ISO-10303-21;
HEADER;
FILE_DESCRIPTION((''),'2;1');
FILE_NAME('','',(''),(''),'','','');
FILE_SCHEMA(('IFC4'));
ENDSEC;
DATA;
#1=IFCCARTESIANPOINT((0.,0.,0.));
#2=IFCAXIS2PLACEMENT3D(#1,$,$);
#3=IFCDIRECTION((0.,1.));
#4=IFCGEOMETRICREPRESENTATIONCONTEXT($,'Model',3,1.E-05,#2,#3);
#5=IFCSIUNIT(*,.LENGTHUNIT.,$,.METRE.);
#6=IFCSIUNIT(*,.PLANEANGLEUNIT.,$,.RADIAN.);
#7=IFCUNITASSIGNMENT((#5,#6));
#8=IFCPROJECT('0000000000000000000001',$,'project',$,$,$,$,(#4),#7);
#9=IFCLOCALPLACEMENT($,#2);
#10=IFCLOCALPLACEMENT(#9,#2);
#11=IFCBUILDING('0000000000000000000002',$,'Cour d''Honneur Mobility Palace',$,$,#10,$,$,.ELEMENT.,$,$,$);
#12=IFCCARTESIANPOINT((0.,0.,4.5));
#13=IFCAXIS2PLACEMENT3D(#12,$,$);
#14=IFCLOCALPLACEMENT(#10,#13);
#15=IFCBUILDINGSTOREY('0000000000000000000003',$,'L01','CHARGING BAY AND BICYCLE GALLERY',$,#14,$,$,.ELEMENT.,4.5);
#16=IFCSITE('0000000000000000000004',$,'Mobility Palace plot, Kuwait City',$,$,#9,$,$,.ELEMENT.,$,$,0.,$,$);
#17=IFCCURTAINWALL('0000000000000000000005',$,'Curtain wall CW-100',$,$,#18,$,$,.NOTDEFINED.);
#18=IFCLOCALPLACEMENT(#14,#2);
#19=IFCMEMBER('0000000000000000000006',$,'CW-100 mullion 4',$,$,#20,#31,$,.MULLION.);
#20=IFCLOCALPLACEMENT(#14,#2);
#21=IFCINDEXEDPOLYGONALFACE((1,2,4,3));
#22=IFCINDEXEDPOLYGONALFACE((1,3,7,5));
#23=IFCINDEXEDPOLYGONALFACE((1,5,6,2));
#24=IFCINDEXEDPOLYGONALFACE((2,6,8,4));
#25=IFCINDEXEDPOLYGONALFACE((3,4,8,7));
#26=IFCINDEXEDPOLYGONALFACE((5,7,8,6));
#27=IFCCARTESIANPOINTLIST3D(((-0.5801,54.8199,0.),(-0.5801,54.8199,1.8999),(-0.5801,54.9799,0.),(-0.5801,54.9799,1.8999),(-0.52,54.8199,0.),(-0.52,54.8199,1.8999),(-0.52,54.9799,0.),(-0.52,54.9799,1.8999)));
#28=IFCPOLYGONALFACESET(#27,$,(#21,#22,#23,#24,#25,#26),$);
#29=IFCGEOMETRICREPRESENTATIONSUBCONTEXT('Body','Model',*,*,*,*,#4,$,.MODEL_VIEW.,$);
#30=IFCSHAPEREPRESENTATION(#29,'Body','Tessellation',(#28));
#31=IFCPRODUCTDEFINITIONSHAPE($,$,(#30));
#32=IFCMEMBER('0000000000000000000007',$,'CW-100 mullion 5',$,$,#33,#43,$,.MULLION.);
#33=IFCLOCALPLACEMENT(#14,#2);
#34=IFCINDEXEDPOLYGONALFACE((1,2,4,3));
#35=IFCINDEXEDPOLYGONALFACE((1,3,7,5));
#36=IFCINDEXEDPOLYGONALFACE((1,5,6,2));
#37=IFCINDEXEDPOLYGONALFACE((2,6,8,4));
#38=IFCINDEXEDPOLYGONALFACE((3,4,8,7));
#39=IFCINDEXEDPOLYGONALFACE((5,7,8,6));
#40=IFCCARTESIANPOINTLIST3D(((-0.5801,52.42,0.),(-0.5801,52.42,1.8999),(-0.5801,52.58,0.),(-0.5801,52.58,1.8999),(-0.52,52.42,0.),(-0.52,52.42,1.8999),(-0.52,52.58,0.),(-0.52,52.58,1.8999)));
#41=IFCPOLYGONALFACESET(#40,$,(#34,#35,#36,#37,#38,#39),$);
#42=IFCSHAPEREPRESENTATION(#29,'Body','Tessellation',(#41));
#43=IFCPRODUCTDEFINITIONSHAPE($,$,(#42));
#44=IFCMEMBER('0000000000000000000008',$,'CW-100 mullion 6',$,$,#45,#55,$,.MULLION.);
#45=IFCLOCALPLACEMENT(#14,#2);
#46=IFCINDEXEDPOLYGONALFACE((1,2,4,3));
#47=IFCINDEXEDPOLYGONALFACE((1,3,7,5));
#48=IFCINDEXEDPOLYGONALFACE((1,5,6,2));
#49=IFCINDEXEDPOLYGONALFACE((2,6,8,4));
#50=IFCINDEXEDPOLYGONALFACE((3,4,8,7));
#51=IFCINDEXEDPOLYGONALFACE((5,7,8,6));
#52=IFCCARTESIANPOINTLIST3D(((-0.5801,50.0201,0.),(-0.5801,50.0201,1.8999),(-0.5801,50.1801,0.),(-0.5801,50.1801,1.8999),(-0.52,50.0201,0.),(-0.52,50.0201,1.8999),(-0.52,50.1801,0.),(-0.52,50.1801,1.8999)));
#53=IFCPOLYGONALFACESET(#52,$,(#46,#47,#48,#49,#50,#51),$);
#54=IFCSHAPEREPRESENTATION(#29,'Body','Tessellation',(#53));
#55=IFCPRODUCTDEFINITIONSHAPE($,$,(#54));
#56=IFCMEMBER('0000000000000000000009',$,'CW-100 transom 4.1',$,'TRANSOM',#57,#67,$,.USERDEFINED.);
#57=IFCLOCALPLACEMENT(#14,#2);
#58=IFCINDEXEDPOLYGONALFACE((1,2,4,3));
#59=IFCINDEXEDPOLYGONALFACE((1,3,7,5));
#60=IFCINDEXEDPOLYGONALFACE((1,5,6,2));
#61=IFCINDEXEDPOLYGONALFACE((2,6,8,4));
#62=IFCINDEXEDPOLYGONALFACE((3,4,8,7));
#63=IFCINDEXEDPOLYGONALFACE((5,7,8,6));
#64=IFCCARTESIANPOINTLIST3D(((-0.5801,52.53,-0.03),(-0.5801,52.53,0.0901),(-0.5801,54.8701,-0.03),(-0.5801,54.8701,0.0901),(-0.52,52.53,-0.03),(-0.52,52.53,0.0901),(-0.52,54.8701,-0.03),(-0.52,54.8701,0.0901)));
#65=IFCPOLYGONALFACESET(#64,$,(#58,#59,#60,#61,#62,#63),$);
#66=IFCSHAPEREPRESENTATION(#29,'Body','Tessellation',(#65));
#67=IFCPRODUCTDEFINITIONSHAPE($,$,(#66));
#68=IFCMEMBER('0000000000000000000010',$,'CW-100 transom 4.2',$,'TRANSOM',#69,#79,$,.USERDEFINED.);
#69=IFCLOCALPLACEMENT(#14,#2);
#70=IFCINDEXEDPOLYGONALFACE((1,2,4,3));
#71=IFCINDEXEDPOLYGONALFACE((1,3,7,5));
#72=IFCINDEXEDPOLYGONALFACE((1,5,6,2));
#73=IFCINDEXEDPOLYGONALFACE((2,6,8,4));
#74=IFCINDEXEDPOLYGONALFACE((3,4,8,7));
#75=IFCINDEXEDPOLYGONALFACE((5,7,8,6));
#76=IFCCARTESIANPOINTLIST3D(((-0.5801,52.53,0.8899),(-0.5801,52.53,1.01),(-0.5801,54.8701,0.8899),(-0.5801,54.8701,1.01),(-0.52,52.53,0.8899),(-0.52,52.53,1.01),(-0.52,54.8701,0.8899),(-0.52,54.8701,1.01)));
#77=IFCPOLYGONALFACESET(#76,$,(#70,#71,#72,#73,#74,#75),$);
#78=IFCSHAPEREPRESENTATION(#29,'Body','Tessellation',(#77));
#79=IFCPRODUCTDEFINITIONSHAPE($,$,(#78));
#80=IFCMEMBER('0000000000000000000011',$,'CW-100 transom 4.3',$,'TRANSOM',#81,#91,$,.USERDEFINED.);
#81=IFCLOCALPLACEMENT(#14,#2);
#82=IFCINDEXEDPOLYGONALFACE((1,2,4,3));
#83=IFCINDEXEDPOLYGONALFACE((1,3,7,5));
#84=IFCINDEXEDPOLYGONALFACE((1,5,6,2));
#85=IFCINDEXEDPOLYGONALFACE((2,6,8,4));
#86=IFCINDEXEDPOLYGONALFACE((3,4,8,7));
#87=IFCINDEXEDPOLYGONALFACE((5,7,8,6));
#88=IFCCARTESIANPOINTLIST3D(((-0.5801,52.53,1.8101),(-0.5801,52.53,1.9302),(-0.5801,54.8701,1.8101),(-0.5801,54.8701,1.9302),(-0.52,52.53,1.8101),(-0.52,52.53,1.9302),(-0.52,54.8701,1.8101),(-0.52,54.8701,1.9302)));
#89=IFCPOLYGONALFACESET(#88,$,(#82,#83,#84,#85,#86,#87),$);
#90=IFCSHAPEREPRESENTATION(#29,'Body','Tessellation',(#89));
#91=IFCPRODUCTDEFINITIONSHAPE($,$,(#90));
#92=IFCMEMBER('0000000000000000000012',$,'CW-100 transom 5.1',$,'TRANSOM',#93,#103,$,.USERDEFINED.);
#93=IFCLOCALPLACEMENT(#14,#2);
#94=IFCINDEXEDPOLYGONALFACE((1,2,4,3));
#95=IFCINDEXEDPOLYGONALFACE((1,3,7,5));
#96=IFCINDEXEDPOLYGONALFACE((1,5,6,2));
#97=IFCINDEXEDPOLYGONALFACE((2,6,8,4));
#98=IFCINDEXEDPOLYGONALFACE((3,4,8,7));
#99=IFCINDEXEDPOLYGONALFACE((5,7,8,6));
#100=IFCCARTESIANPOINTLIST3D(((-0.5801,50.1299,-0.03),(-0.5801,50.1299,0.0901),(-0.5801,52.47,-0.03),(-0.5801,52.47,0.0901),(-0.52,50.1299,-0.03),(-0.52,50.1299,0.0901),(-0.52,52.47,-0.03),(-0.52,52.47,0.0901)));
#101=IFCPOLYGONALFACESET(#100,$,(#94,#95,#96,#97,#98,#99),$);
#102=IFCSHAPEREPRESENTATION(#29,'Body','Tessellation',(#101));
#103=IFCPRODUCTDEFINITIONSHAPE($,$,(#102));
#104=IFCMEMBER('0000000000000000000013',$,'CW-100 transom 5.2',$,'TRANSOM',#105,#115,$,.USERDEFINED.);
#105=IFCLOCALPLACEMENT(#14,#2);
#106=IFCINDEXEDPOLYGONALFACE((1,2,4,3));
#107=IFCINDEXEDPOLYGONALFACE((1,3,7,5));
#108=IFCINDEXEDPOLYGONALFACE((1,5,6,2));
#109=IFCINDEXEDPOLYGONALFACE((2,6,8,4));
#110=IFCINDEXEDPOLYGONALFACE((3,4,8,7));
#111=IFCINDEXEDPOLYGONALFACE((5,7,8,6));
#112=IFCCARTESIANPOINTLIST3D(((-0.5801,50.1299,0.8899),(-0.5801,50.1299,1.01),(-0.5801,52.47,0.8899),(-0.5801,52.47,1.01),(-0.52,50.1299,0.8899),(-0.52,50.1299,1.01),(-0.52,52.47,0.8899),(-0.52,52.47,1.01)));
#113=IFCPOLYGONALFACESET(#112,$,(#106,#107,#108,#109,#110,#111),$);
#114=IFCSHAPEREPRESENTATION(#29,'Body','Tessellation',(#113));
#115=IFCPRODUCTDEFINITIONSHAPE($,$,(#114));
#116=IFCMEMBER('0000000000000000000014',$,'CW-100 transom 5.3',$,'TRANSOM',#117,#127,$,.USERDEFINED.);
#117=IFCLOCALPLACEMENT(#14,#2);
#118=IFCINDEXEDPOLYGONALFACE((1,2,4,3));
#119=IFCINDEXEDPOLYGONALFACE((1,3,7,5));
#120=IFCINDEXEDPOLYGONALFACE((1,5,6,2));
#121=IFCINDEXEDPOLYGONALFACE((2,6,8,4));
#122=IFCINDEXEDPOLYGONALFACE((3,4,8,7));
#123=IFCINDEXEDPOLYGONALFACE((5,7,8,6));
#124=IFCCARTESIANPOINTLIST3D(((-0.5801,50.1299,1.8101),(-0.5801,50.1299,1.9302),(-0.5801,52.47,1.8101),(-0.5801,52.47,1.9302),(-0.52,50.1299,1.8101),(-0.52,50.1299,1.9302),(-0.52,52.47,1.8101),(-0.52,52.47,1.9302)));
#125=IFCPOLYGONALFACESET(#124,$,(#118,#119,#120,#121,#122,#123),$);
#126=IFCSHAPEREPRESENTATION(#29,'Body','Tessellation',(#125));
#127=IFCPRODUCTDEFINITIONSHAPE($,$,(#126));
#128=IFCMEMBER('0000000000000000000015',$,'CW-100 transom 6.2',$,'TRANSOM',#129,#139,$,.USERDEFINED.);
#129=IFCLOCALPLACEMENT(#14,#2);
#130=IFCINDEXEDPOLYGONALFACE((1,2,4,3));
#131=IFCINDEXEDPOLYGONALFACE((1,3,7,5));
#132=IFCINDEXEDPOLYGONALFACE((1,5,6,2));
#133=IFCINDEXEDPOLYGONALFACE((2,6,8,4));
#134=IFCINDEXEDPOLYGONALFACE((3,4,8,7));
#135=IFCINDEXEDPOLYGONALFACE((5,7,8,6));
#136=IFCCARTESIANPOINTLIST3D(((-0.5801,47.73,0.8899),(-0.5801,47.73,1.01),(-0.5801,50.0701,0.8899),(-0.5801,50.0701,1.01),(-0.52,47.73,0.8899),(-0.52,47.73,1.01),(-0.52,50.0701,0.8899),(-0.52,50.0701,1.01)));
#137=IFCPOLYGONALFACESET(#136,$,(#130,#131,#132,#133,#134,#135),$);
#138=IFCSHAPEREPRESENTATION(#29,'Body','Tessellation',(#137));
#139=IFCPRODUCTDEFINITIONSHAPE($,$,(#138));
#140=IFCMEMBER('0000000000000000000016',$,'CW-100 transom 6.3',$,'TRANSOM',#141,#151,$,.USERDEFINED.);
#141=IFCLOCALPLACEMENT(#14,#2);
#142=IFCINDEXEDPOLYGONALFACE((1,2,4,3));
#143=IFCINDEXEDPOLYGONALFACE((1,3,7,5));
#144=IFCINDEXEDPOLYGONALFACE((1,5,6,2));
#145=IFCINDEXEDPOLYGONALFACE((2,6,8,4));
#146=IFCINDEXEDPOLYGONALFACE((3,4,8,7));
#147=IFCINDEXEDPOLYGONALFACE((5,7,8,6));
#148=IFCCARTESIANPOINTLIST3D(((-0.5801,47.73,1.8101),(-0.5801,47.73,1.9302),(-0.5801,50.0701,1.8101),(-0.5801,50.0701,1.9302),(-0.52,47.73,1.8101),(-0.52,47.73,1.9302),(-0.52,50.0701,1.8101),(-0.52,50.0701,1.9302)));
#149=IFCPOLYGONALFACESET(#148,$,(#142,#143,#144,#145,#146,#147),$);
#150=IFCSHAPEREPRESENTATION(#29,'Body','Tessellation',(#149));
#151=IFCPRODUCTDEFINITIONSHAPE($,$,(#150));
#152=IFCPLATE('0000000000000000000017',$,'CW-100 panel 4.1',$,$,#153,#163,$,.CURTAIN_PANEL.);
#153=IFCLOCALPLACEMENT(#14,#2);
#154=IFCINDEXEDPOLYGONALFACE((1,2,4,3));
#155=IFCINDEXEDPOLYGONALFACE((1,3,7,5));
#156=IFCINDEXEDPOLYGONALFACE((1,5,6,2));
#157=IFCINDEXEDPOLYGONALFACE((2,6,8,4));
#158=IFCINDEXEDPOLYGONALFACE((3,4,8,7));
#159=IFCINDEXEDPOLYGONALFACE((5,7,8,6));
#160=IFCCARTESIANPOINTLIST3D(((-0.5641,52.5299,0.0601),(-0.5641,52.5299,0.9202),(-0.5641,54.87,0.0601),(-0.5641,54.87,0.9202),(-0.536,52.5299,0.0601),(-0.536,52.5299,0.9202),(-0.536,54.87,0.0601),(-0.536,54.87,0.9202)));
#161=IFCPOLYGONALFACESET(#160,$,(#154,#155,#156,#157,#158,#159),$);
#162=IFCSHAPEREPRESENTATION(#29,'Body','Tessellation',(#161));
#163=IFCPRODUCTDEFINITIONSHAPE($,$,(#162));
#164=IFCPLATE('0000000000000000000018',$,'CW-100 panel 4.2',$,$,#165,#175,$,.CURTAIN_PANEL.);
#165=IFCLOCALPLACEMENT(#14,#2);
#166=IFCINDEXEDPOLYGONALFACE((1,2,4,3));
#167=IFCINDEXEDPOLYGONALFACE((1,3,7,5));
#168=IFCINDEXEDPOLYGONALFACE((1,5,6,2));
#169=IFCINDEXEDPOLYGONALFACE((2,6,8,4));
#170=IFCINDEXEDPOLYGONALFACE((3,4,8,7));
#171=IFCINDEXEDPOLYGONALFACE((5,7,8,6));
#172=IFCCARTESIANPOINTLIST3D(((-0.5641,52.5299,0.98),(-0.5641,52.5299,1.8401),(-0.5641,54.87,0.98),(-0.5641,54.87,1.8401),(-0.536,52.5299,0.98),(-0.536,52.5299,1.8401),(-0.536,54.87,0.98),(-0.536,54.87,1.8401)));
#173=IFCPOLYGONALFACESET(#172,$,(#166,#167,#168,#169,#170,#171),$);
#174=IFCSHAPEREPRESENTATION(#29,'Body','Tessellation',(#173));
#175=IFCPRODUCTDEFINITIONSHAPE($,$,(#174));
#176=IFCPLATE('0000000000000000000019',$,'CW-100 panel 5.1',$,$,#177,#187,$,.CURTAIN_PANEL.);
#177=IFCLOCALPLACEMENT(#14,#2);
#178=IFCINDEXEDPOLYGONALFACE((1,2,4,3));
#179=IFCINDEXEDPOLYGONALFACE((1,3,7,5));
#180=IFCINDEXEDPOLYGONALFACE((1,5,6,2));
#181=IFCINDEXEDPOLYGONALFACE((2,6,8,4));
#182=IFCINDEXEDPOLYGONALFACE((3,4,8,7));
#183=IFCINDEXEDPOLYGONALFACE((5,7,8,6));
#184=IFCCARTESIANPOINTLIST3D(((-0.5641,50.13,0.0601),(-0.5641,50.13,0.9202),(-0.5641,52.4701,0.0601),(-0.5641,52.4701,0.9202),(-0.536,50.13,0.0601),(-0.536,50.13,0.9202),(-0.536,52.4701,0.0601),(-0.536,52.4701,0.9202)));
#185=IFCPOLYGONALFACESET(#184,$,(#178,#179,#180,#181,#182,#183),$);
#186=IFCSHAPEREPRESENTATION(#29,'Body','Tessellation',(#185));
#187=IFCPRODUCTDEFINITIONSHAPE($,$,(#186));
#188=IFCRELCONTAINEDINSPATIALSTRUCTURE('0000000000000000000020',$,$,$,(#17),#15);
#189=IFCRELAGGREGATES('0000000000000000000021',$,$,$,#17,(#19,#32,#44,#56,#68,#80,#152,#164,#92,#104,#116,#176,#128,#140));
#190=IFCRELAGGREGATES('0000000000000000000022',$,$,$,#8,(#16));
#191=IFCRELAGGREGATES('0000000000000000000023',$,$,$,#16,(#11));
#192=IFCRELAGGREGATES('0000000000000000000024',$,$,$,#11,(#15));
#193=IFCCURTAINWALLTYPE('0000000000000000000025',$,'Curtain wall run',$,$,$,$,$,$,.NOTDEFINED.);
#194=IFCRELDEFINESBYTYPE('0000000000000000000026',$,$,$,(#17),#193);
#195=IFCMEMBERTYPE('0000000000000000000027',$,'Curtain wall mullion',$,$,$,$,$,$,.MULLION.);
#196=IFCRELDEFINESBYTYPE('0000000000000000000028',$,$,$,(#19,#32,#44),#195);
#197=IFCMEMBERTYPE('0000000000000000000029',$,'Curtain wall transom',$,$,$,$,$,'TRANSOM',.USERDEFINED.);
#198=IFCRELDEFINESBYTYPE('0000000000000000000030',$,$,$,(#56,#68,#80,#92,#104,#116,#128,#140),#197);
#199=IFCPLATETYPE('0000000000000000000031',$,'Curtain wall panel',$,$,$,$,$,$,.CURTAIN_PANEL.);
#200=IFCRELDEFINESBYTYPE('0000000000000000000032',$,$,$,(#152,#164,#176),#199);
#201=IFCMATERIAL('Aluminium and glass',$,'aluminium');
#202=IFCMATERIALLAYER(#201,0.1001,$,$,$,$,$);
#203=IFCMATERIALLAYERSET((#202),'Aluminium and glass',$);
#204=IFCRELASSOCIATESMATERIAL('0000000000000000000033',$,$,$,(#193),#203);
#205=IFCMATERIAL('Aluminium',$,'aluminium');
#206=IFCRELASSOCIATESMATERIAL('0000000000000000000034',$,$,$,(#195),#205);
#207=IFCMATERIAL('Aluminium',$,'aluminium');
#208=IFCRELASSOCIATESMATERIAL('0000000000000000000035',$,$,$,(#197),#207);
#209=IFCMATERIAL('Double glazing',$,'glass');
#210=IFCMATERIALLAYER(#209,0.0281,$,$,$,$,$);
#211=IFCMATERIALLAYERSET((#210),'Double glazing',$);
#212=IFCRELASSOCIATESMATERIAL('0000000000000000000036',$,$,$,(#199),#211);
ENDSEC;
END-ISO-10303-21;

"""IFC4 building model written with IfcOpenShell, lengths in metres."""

from ifc_helpers import new_model, si_unit, direction, frame, origin, origin_2d, place, context, subcontext, project, spatial, rectangle, extrude, material, layer, layer_set, material_profile, profile_set, type_object, element, aggregate, save


model = new_model("IFC4")

# Units and contexts
model_context = context("Model", 3, precision=1e-05, world=origin(), true_north=direction((0.0, 1.0)))
body_context = subcontext(model_context, "Body", "Model", "MODEL_VIEW")
ifc_project = project(units=[si_unit("LENGTHUNIT", "METRE"), si_unit("PLANEANGLEUNIT", "RADIAN")], contexts=[model_context])

# Site, building, storey
site_placement = place(None, origin())
site = spatial("IfcSite", under=ifc_project, at=site_placement, Name="Mobility Palace plot, Kuwait City", CompositionType="ELEMENT", RefElevation=0.0)
building_placement = place(site_placement, origin())
building = spatial("IfcBuilding", under=site, at=building_placement, Name="Cour d'Honneur Mobility Palace", CompositionType="ELEMENT")
storey_placement = place(building_placement, frame((0.0, 0.0, 4.5)))
storey = spatial("IfcBuildingStorey", under=building, at=storey_placement, Name="L01", Description="CHARGING BAY AND BICYCLE GALLERY", CompositionType="ELEMENT", Elevation=4.5)

# Curtain wall, members, plates
ifc_material_1 = material(Name="Aluminium and glass", Category="aluminium")
ifc_layer_1 = layer(ifc_material_1, 0.1001)
ifc_layer_set_1 = layer_set([ifc_layer_1], Name="Aluminium and glass")
curtain_wall_type = type_object("IfcCurtainWallType", Name="Curtain wall run", PredefinedType="NOTDEFINED", material=ifc_layer_set_1)
curtain_wall_placement = place(storey_placement, origin())
curtain_wall = element("IfcCurtainWall", 1, at=curtain_wall_placement, inside=storey, type_object=curtain_wall_type, Name="Curtain wall CW-100", PredefinedType="NOTDEFINED")
ifc_material_2 = material(Name="Aluminium", Category="aluminium")
ifc_material_profile_1 = material_profile(ifc_material_2, rectangle(XDim=0.0601, YDim=0.1599, at=origin_2d()), Name="Curtain wall mullion")
ifc_profile_set_1 = profile_set([ifc_material_profile_1], Name="Aluminium")
member_type_1 = type_object("IfcMemberType", Name="Curtain wall mullion", PredefinedType="MULLION", material=ifc_profile_set_1)
member_1_placement = place(storey_placement, frame((-0.55, 54.8999, 0.0), z_axis=(0.0, 0.0, 1.0), x_axis=(1.0, 0.0, 0.0)))
member_1 = element("IfcMember", 2, at=member_1_placement, type_object=member_type_1, Name="CW-100 mullion 4", PredefinedType="MULLION", context=body_context, shape_type="SweptSolid", body=[
    extrude(rectangle(XDim=0.0601, YDim=0.1599, at=origin_2d()), origin(), (0.0, 0.0, 1.0), 1.8999),
])
member_2_placement = place(storey_placement, frame((-0.55, 52.5, 0.0), z_axis=(0.0, 0.0, 1.0), x_axis=(1.0, 0.0, 0.0)))
member_2 = element("IfcMember", 3, at=member_2_placement, type_object=member_type_1, Name="CW-100 mullion 5", PredefinedType="MULLION", context=body_context, shape_type="SweptSolid", body=[
    extrude(rectangle(XDim=0.0601, YDim=0.1599, at=origin_2d()), origin(), (0.0, 0.0, 1.0), 1.8999),
])
member_3_placement = place(storey_placement, frame((-0.55, 50.1001, 0.0), z_axis=(0.0, 0.0, 1.0), x_axis=(1.0, 0.0, 0.0)))
member_3 = element("IfcMember", 4, at=member_3_placement, type_object=member_type_1, Name="CW-100 mullion 6", PredefinedType="MULLION", context=body_context, shape_type="SweptSolid", body=[
    extrude(rectangle(XDim=0.0601, YDim=0.1599, at=origin_2d()), origin(), (0.0, 0.0, 1.0), 1.8999),
])
ifc_material_3 = material(Name="Aluminium", Category="aluminium")
ifc_material_profile_2 = material_profile(ifc_material_3, rectangle(XDim=0.0601, YDim=0.1201, at=origin_2d()), Name="Curtain wall transom")
ifc_profile_set_2 = profile_set([ifc_material_profile_2], Name="Aluminium")
member_type_2 = type_object("IfcMemberType", Name="Curtain wall transom", ElementType="TRANSOM", PredefinedType="USERDEFINED", material=ifc_profile_set_2)
member_4_placement = place(storey_placement, frame((-0.55, 54.8701, 0.03), z_axis=(0.0, -1.0, 0.0), x_axis=(1.0, 0.0, 0.0)))
member_4 = element("IfcMember", 5, at=member_4_placement, type_object=member_type_2, Name="CW-100 transom 4.1", ObjectType="TRANSOM", PredefinedType="USERDEFINED", context=body_context, shape_type="SweptSolid", body=[
    extrude(rectangle(XDim=0.0601, YDim=0.1201, at=origin_2d()), origin(), (0.0, 0.0, 1.0), 2.3401),
])
member_5_placement = place(storey_placement, frame((-0.55, 54.8701, 0.95), z_axis=(0.0, -1.0, 0.0), x_axis=(1.0, 0.0, 0.0)))
member_5 = element("IfcMember", 6, at=member_5_placement, type_object=member_type_2, Name="CW-100 transom 4.2", ObjectType="TRANSOM", PredefinedType="USERDEFINED", context=body_context, shape_type="SweptSolid", body=[
    extrude(rectangle(XDim=0.0601, YDim=0.1201, at=origin_2d()), origin(), (0.0, 0.0, 1.0), 2.3401),
])
member_6_placement = place(storey_placement, frame((-0.55, 54.8701, 1.8701), z_axis=(0.0, -1.0, 0.0), x_axis=(1.0, 0.0, 0.0)))
member_6 = element("IfcMember", 7, at=member_6_placement, type_object=member_type_2, Name="CW-100 transom 4.3", ObjectType="TRANSOM", PredefinedType="USERDEFINED", context=body_context, shape_type="SweptSolid", body=[
    extrude(rectangle(XDim=0.0601, YDim=0.1201, at=origin_2d()), origin(), (0.0, 0.0, 1.0), 2.3401),
])
member_7_placement = place(storey_placement, frame((-0.55, 52.47, 0.03), z_axis=(0.0, -1.0, 0.0), x_axis=(1.0, 0.0, 0.0)))
member_7 = element("IfcMember", 8, at=member_7_placement, type_object=member_type_2, Name="CW-100 transom 5.1", ObjectType="TRANSOM", PredefinedType="USERDEFINED", context=body_context, shape_type="SweptSolid", body=[
    extrude(rectangle(XDim=0.0601, YDim=0.1201, at=origin_2d()), origin(), (0.0, 0.0, 1.0), 2.3401),
])
member_8_placement = place(storey_placement, frame((-0.55, 52.47, 0.95), z_axis=(0.0, -1.0, 0.0), x_axis=(1.0, 0.0, 0.0)))
member_8 = element("IfcMember", 9, at=member_8_placement, type_object=member_type_2, Name="CW-100 transom 5.2", ObjectType="TRANSOM", PredefinedType="USERDEFINED", context=body_context, shape_type="SweptSolid", body=[
    extrude(rectangle(XDim=0.0601, YDim=0.1201, at=origin_2d()), origin(), (0.0, 0.0, 1.0), 2.3401),
])
member_9_placement = place(storey_placement, frame((-0.55, 52.47, 1.8701), z_axis=(0.0, -1.0, 0.0), x_axis=(1.0, 0.0, 0.0)))
member_9 = element("IfcMember", 10, at=member_9_placement, type_object=member_type_2, Name="CW-100 transom 5.3", ObjectType="TRANSOM", PredefinedType="USERDEFINED", context=body_context, shape_type="SweptSolid", body=[
    extrude(rectangle(XDim=0.0601, YDim=0.1201, at=origin_2d()), origin(), (0.0, 0.0, 1.0), 2.3401),
])
member_10_placement = place(storey_placement, frame((-0.55, 50.0701, 0.95), z_axis=(0.0, -1.0, 0.0), x_axis=(1.0, 0.0, 0.0)))
member_10 = element("IfcMember", 11, at=member_10_placement, type_object=member_type_2, Name="CW-100 transom 6.2", ObjectType="TRANSOM", PredefinedType="USERDEFINED", context=body_context, shape_type="SweptSolid", body=[
    extrude(rectangle(XDim=0.0601, YDim=0.1201, at=origin_2d()), origin(), (0.0, 0.0, 1.0), 2.3401),
])
member_11_placement = place(storey_placement, frame((-0.55, 50.0701, 1.8701), z_axis=(0.0, -1.0, 0.0), x_axis=(1.0, 0.0, 0.0)))
member_11 = element("IfcMember", 12, at=member_11_placement, type_object=member_type_2, Name="CW-100 transom 6.3", ObjectType="TRANSOM", PredefinedType="USERDEFINED", context=body_context, shape_type="SweptSolid", body=[
    extrude(rectangle(XDim=0.0601, YDim=0.1201, at=origin_2d()), origin(), (0.0, 0.0, 1.0), 2.3401),
])
ifc_material_4 = material(Name="Double glazing", Category="glass")
ifc_layer_2 = layer(ifc_material_4, 0.0281)
ifc_layer_set_2 = layer_set([ifc_layer_2], Name="Double glazing")
plate_type = type_object("IfcPlateType", Name="Curtain wall panel", PredefinedType="CURTAIN_PANEL", material=ifc_layer_set_2)
plate_1_placement = place(storey_placement, frame((-0.55, 53.7, 0.0601), z_axis=(0.0, 0.0, 1.0), x_axis=(0.0, -1.0, 0.0)))
plate_1 = element("IfcPlate", 13, at=plate_1_placement, type_object=plate_type, Name="CW-100 panel 4.1", PredefinedType="CURTAIN_PANEL", context=body_context, shape_type="SweptSolid", body=[
    extrude(rectangle(XDim=2.3401, YDim=0.0281, at=origin_2d()), origin(), (0.0, 0.0, 1.0), 0.8601),
])
plate_2_placement = place(storey_placement, frame((-0.55, 53.7, 0.98), z_axis=(0.0, 0.0, 1.0), x_axis=(0.0, -1.0, 0.0)))
plate_2 = element("IfcPlate", 14, at=plate_2_placement, type_object=plate_type, Name="CW-100 panel 4.2", PredefinedType="CURTAIN_PANEL", context=body_context, shape_type="SweptSolid", body=[
    extrude(rectangle(XDim=2.3401, YDim=0.0281, at=origin_2d()), origin(), (0.0, 0.0, 1.0), 0.8601),
])
plate_3_placement = place(storey_placement, frame((-0.55, 51.3, 0.0601), z_axis=(0.0, 0.0, 1.0), x_axis=(0.0, -1.0, 0.0)))
plate_3 = element("IfcPlate", 15, at=plate_3_placement, type_object=plate_type, Name="CW-100 panel 5.1", PredefinedType="CURTAIN_PANEL", context=body_context, shape_type="SweptSolid", body=[
    extrude(rectangle(XDim=2.3401, YDim=0.0281, at=origin_2d()), origin(), (0.0, 0.0, 1.0), 0.8601),
])
aggregate(curtain_wall, [member_1, member_2, member_3, member_4, member_5, member_6, plate_1, plate_2, member_7, member_8, member_9, plate_3, member_10, member_11])

save(model, "model.ifc")
